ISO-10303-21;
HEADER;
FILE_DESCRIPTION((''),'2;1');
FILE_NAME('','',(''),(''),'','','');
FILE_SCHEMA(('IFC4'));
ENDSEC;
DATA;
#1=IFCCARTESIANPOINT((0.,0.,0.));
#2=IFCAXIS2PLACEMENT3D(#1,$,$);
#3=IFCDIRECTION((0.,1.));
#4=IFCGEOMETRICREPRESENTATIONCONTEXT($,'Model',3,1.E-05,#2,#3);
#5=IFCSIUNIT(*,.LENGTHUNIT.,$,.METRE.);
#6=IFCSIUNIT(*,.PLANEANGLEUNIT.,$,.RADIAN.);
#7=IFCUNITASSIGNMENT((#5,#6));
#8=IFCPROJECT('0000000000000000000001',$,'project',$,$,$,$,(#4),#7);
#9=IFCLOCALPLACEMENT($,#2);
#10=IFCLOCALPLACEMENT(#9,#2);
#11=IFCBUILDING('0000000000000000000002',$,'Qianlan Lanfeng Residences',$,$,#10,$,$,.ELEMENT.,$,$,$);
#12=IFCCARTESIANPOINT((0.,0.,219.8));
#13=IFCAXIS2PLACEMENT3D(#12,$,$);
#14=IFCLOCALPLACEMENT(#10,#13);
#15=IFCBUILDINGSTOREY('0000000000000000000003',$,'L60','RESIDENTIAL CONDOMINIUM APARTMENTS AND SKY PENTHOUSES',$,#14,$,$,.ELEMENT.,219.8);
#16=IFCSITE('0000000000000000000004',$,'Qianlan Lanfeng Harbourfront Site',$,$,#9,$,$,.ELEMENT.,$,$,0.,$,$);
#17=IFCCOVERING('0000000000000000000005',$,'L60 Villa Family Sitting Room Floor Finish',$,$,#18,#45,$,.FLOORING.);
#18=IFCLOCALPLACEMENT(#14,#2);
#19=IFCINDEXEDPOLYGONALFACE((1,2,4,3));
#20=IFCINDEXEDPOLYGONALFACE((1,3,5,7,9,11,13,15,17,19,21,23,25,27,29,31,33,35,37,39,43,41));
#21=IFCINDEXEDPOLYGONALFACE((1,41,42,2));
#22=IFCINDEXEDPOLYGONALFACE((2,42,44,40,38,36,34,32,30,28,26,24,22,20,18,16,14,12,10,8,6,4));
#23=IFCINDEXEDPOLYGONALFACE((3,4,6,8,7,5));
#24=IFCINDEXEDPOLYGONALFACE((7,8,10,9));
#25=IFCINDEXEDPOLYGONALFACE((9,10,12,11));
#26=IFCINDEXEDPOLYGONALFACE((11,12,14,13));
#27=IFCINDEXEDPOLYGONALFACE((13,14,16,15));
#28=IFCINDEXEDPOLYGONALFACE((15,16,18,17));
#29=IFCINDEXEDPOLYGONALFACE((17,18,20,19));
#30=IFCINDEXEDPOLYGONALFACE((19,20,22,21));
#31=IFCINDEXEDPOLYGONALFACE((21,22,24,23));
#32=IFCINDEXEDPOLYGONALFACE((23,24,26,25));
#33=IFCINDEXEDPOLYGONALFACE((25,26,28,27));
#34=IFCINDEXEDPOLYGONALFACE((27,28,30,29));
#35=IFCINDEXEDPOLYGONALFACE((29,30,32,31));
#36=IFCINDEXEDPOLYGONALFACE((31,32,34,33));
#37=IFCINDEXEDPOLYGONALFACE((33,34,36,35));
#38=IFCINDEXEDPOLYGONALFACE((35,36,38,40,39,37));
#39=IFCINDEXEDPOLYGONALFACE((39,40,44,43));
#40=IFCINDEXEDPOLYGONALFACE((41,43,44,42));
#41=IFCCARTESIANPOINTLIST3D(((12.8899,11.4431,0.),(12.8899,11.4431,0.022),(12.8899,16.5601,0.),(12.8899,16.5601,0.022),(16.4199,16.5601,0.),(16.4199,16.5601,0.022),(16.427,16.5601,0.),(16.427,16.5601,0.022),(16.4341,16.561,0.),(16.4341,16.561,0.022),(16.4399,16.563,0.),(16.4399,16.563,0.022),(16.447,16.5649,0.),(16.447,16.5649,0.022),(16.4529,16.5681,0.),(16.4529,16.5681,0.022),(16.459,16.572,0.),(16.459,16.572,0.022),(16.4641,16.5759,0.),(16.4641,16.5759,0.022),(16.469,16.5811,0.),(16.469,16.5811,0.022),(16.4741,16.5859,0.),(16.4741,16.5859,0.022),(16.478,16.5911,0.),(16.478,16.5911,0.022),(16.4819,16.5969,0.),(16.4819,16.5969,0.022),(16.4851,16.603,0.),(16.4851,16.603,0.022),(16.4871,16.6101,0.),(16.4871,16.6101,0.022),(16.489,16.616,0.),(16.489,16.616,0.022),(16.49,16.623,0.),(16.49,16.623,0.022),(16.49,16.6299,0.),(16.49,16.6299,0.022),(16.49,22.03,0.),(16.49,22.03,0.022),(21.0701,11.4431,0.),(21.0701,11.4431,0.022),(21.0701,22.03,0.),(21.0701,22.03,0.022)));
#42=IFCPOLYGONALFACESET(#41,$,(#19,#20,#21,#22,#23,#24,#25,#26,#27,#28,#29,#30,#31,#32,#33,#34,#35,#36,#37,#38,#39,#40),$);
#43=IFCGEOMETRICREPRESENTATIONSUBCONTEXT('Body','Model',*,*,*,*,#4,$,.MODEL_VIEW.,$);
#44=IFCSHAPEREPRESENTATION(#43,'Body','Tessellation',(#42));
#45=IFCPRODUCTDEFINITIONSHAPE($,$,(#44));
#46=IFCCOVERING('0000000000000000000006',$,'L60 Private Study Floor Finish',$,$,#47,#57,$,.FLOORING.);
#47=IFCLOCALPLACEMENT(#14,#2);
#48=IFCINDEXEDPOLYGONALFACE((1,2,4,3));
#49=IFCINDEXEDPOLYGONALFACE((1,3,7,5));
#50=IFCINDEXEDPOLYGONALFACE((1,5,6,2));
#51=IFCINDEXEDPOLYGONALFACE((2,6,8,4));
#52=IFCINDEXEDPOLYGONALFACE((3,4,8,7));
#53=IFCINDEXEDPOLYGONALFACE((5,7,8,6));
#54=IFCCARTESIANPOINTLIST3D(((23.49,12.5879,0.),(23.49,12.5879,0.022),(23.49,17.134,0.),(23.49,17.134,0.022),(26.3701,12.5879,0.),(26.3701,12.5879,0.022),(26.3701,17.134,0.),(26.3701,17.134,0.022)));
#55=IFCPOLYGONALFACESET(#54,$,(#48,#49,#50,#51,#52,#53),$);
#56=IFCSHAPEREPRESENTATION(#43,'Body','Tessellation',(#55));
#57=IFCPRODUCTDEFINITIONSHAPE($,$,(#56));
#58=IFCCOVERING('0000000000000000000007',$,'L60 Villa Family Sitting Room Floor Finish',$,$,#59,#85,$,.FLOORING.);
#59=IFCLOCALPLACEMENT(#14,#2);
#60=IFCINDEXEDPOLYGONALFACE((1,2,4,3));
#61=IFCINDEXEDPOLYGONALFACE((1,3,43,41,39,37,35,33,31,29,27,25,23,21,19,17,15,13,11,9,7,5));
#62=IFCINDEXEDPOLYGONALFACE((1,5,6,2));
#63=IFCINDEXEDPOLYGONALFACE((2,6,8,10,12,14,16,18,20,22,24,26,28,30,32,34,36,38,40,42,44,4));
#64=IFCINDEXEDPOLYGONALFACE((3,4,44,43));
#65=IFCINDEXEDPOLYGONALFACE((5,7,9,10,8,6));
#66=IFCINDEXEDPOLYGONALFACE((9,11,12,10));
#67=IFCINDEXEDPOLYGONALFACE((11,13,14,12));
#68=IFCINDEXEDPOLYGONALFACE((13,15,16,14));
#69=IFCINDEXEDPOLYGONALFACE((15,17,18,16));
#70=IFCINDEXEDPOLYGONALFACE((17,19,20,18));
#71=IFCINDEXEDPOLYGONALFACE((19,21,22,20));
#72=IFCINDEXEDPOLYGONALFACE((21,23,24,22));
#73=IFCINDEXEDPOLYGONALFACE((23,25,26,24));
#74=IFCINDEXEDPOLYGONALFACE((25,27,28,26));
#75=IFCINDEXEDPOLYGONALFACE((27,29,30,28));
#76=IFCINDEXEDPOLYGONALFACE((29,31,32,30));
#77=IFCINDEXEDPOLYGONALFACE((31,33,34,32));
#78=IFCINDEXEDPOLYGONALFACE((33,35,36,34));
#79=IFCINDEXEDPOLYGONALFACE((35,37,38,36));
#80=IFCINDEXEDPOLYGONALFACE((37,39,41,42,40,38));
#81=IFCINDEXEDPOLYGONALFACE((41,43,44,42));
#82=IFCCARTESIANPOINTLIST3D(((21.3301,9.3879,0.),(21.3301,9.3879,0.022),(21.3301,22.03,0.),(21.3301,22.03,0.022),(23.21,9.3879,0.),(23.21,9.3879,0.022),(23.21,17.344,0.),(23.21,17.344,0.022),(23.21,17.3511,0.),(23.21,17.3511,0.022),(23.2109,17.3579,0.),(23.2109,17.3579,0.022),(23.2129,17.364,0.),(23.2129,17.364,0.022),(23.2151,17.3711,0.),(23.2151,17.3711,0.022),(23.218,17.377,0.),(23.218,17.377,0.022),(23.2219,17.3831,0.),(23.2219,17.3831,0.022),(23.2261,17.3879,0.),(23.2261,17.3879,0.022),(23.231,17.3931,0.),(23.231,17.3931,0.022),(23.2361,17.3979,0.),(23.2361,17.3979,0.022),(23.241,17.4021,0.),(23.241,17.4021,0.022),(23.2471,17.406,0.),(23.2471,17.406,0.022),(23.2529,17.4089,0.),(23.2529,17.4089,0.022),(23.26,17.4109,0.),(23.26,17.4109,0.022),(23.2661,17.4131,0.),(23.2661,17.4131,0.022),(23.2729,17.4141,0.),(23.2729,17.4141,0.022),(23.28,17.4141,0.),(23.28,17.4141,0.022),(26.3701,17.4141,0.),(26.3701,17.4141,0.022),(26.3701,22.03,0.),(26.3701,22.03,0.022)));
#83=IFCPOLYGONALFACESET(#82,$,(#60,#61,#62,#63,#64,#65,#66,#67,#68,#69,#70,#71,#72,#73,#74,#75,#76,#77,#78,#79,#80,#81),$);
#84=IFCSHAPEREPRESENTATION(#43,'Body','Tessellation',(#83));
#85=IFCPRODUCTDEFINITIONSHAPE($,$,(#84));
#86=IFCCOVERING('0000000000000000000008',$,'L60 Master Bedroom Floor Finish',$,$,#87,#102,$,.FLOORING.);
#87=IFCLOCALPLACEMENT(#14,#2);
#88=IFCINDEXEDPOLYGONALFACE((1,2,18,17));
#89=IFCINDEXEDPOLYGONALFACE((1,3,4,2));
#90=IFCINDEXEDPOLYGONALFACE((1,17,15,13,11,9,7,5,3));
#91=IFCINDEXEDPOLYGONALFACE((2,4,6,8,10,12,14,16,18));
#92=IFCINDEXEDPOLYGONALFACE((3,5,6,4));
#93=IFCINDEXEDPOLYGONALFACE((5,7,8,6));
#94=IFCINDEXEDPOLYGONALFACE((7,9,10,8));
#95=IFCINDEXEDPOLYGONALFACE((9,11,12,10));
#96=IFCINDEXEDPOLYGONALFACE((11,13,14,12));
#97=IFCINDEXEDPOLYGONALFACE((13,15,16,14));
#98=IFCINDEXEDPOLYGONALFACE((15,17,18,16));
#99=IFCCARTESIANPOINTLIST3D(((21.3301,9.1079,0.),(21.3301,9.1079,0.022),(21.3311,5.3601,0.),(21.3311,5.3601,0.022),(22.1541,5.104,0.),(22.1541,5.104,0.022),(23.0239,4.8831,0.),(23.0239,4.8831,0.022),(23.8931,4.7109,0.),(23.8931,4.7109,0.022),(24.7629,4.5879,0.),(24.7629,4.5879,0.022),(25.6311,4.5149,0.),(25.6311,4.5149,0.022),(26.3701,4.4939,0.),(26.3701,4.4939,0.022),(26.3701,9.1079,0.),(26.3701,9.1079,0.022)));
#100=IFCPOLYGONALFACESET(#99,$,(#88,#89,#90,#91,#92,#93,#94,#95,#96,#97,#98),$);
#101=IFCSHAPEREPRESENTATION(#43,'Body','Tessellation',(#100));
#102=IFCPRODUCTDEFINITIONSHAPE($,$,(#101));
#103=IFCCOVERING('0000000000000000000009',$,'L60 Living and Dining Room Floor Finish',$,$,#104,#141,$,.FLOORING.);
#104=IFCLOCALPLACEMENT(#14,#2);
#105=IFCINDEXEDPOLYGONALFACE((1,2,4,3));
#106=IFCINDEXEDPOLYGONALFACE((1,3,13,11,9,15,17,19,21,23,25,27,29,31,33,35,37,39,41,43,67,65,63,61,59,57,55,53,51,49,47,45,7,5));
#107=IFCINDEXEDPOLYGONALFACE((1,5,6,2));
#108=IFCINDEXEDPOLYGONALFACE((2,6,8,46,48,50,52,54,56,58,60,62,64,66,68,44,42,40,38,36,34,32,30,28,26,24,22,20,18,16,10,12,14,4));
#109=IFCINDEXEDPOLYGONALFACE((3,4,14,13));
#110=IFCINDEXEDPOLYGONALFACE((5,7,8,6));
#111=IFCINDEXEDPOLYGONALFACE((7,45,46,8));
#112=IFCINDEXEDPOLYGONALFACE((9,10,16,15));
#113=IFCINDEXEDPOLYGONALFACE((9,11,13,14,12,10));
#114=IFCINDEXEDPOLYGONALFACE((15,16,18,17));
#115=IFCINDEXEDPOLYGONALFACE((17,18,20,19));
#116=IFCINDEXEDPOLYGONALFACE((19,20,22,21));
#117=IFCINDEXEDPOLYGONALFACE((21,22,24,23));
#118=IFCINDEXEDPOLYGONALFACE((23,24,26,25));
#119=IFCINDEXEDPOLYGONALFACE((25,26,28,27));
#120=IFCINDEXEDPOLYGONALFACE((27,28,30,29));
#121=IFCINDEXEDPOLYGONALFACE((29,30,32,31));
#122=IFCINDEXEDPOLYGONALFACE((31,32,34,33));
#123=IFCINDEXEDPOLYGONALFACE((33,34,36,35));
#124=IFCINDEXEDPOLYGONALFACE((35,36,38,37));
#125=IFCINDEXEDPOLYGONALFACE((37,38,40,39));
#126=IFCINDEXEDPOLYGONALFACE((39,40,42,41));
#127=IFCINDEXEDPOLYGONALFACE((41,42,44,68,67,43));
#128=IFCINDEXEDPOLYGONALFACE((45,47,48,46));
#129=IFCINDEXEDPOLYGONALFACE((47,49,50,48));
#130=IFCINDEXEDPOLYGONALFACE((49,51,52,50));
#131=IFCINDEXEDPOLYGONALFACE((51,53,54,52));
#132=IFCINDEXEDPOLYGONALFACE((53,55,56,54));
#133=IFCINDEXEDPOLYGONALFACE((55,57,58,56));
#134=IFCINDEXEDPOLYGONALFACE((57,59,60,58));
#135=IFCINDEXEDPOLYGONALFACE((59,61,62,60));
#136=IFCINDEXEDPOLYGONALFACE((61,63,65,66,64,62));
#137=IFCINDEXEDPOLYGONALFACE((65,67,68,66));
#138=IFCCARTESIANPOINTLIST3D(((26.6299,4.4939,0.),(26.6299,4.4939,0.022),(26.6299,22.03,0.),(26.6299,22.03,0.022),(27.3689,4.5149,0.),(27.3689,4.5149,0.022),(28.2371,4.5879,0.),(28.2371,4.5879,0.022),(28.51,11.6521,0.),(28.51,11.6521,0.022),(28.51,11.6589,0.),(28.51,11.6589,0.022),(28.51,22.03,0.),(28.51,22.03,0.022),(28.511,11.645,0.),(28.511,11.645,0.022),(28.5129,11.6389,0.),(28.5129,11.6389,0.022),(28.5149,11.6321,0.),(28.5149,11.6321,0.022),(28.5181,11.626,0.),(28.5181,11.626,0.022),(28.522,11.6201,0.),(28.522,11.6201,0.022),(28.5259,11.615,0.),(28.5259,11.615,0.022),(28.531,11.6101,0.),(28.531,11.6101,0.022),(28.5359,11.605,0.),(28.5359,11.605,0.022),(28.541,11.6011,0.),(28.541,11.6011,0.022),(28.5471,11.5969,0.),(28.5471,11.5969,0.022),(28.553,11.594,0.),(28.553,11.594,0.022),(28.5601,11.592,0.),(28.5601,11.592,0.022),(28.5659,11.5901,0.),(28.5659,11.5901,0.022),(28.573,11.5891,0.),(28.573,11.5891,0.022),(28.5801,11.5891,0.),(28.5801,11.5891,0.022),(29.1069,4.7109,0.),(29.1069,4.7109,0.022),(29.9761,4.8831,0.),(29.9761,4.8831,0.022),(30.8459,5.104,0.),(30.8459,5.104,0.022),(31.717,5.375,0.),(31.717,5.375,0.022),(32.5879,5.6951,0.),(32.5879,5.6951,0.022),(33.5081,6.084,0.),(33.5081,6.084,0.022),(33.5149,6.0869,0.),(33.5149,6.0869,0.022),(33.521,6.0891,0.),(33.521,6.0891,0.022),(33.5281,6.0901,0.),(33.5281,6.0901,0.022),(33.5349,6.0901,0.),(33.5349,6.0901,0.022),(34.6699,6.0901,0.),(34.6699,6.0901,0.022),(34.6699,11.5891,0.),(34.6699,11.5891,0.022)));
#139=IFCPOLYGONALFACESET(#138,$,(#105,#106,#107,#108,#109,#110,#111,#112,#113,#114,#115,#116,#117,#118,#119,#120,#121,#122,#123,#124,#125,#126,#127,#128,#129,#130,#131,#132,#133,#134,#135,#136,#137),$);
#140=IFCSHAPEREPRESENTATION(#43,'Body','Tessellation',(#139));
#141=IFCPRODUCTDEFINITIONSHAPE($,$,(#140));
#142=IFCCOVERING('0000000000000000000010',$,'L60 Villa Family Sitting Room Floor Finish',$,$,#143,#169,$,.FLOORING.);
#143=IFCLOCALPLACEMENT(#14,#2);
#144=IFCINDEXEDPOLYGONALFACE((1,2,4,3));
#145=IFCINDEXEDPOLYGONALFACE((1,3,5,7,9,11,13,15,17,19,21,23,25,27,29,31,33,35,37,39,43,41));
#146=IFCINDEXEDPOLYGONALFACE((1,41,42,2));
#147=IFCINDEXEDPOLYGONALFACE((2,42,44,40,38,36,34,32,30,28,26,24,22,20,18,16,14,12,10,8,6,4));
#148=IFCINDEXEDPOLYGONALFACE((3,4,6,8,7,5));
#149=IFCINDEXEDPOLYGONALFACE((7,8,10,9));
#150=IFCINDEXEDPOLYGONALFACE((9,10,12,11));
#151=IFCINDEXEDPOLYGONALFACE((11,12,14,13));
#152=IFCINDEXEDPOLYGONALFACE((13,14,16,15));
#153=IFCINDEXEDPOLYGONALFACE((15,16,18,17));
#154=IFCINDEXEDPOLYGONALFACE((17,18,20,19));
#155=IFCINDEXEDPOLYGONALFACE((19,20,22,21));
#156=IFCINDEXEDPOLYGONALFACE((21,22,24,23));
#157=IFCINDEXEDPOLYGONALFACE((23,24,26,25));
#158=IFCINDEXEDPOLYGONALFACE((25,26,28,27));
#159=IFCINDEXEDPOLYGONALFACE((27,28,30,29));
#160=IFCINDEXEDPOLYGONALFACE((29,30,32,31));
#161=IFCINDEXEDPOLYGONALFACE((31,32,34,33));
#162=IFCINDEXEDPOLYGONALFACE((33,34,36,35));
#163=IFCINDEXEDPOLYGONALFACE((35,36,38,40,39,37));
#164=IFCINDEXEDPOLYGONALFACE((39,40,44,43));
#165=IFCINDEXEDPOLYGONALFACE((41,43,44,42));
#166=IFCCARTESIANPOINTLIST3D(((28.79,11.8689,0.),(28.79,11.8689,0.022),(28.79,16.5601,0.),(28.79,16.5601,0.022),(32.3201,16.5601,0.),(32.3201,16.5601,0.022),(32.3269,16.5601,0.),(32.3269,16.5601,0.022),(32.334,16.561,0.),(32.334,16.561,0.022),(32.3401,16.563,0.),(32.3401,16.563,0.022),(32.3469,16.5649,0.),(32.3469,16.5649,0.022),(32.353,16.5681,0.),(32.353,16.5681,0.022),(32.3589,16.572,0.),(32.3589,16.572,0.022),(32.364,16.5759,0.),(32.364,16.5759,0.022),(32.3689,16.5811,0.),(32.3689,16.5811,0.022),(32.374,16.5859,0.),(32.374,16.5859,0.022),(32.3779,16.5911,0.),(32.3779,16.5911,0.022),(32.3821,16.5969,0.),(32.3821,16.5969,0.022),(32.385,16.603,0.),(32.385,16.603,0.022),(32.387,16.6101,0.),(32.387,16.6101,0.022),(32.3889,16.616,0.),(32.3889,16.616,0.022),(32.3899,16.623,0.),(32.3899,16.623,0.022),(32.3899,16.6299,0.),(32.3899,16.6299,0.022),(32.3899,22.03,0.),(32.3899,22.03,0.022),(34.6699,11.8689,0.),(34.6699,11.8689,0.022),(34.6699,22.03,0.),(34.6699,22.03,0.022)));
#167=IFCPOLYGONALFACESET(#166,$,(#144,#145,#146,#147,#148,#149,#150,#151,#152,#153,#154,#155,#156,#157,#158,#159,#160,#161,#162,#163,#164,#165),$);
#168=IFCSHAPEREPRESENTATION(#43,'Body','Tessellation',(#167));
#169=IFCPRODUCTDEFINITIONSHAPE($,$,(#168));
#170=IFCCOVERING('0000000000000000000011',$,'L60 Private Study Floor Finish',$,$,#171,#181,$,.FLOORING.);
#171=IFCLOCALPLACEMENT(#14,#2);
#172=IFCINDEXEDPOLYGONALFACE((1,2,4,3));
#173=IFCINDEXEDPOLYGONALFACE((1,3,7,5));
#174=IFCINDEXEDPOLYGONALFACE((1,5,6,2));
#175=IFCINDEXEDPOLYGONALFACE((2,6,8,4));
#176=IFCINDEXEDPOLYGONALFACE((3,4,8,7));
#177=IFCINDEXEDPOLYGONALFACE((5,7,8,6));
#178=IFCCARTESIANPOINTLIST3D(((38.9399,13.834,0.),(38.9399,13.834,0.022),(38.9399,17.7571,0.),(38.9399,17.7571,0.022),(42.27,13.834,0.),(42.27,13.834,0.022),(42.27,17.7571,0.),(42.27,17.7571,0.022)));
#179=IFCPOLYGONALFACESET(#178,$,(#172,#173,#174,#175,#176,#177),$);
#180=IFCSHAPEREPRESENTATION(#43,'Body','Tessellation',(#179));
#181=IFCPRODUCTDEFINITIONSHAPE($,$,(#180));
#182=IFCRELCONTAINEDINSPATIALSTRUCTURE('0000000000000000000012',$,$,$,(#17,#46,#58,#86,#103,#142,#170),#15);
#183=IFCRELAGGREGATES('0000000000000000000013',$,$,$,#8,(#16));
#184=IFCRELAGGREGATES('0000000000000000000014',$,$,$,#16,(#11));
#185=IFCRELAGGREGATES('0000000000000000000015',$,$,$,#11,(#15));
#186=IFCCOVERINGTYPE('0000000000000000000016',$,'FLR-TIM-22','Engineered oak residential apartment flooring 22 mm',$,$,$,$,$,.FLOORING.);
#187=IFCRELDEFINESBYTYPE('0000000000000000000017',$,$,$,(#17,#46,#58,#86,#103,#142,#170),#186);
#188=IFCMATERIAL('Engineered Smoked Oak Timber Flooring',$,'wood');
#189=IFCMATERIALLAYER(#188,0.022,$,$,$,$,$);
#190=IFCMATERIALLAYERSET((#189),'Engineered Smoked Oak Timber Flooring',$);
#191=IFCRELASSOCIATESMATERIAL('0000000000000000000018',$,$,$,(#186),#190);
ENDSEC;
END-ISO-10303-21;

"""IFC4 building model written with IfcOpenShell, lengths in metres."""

from ifc_helpers import new_model, si_unit, direction, frame, origin, place, context, subcontext, project, spatial, polyline, outline, extrude, material, layer, layer_set, type_object, element, save


model = new_model("IFC4")

# Units and contexts
model_context = context("Model", 3, precision=1e-05, world=origin(), true_north=direction((0.0, 1.0)))
body_context = subcontext(model_context, "Body", "Model", "MODEL_VIEW")
ifc_project = project(units=[si_unit("LENGTHUNIT", "METRE"), si_unit("PLANEANGLEUNIT", "RADIAN")], contexts=[model_context])

# Site, building, storey
site_placement = place(None, origin())
site = spatial("IfcSite", under=ifc_project, at=site_placement, Name="Qianlan Lanfeng Harbourfront Site", CompositionType="ELEMENT", RefElevation=0.0)
building_placement = place(site_placement, origin())
building = spatial("IfcBuilding", under=site, at=building_placement, Name="Qianlan Lanfeng Residences", CompositionType="ELEMENT")
storey_placement = place(building_placement, frame((0.0, 0.0, 219.8)))
storey = spatial("IfcBuildingStorey", under=building, at=storey_placement, Name="L60", Description="RESIDENTIAL CONDOMINIUM APARTMENTS AND SKY PENTHOUSES", CompositionType="ELEMENT", Elevation=219.8)

# Coverings
ifc_material_1 = material(Name="Engineered Smoked Oak Timber Flooring", Category="wood")
ifc_layer_1 = layer(ifc_material_1, 0.022)
ifc_layer_set_1 = layer_set([ifc_layer_1], Name="Engineered Smoked Oak Timber Flooring")
covering_type_1 = type_object("IfcCoveringType", Name="FLR-TIM-22", Description="Engineered oak residential apartment flooring 22 mm", PredefinedType="FLOORING", material=ifc_layer_set_1)
covering_1_placement = place(storey_placement, origin())
element("IfcCovering", 1, at=covering_1_placement, inside=storey, type_object=covering_type_1, Name="L60 Villa Family Sitting Room Floor Finish", PredefinedType="FLOORING", context=body_context, shape_type="SweptSolid", body=[
    extrude(outline(polyline([(12.8899, 11.4431), (21.0701, 11.4431), (21.0701, 22.03), (16.49, 22.03), (16.49, 16.6299), (16.49, 16.623), (16.489, 16.616), (16.4871, 16.6101), (16.4851, 16.603), (16.4819, 16.5969), (16.478, 16.5911), (16.4741, 16.5859), (16.469, 16.5811), (16.4641, 16.5759), (16.459, 16.572), (16.4529, 16.5681), (16.447, 16.5649), (16.4399, 16.563), (16.4341, 16.561), (16.427, 16.5601), (16.4199, 16.5601), (12.8899, 16.5601), (12.8899, 11.4431)])), origin(), (0.0, 0.0, 1.0), 0.022),
])
covering_2_placement = place(storey_placement, origin())
element("IfcCovering", 2, at=covering_2_placement, inside=storey, type_object=covering_type_1, Name="L60 Private Study Floor Finish", PredefinedType="FLOORING", context=body_context, shape_type="SweptSolid", body=[
    extrude(outline(polyline([(23.49, 12.5879), (26.3701, 12.5879), (26.3701, 17.134), (23.49, 17.134), (23.49, 12.5879)])), origin(), (0.0, 0.0, 1.0), 0.022),
])
covering_3_placement = place(storey_placement, origin())
element("IfcCovering", 3, at=covering_3_placement, inside=storey, type_object=covering_type_1, Name="L60 Villa Family Sitting Room Floor Finish", PredefinedType="FLOORING", context=body_context, shape_type="SweptSolid", body=[
    extrude(outline(polyline([(21.3301, 9.3879), (23.21, 9.3879), (23.21, 17.344), (23.21, 17.3511), (23.2109, 17.3579), (23.2129, 17.364), (23.2151, 17.3711), (23.218, 17.377), (23.2219, 17.3831), (23.2261, 17.3879), (23.231, 17.3931), (23.2361, 17.3979), (23.241, 17.4021), (23.2471, 17.406), (23.2529, 17.4089), (23.26, 17.4109), (23.2661, 17.4131), (23.2729, 17.4141), (23.28, 17.4141), (26.3701, 17.4141), (26.3701, 22.03), (21.3301, 22.03), (21.3301, 9.3879)])), origin(), (0.0, 0.0, 1.0), 0.022),
])
covering_4_placement = place(storey_placement, origin())
element("IfcCovering", 4, at=covering_4_placement, inside=storey, type_object=covering_type_1, Name="L60 Master Bedroom Floor Finish", PredefinedType="FLOORING", context=body_context, shape_type="SweptSolid", body=[
    extrude(outline(polyline([(21.3301, 9.1079), (21.3311, 5.3601), (22.1541, 5.104), (23.0239, 4.8831), (23.8931, 4.7109), (24.7629, 4.5879), (25.6311, 4.5149), (26.3701, 4.4939), (26.3701, 9.1079), (21.3301, 9.1079)])), origin(), (0.0, 0.0, 1.0), 0.022),
])
covering_5_placement = place(storey_placement, origin())
element("IfcCovering", 5, at=covering_5_placement, inside=storey, type_object=covering_type_1, Name="L60 Living and Dining Room Floor Finish", PredefinedType="FLOORING", context=body_context, shape_type="SweptSolid", body=[
    extrude(outline(polyline([(34.6699, 6.0901), (34.6699, 11.5891), (28.5801, 11.5891), (28.573, 11.5891), (28.5659, 11.5901), (28.5601, 11.592), (28.553, 11.594), (28.5471, 11.5969), (28.541, 11.6011), (28.5359, 11.605), (28.531, 11.6101), (28.5259, 11.615), (28.522, 11.6201), (28.5181, 11.626), (28.5149, 11.6321), (28.5129, 11.6389), (28.511, 11.645), (28.51, 11.6521), (28.51, 11.6589), (28.51, 22.03), (26.6299, 22.03), (26.6299, 4.4939), (27.3689, 4.5149), (28.2371, 4.5879), (29.1069, 4.7109), (29.9761, 4.8831), (30.8459, 5.104), (31.717, 5.375), (32.5879, 5.6951), (33.5081, 6.084), (33.5149, 6.0869), (33.521, 6.0891), (33.5281, 6.0901), (33.5349, 6.0901), (34.6699, 6.0901)])), origin(), (0.0, 0.0, 1.0), 0.022),
])
covering_6_placement = place(storey_placement, origin())
element("IfcCovering", 6, at=covering_6_placement, inside=storey, type_object=covering_type_1, Name="L60 Villa Family Sitting Room Floor Finish", PredefinedType="FLOORING", context=body_context, shape_type="SweptSolid", body=[
    extrude(outline(polyline([(28.79, 11.8689), (34.6699, 11.8689), (34.6699, 22.03), (32.3899, 22.03), (32.3899, 16.6299), (32.3899, 16.623), (32.3889, 16.616), (32.387, 16.6101), (32.385, 16.603), (32.3821, 16.5969), (32.3779, 16.5911), (32.374, 16.5859), (32.3689, 16.5811), (32.364, 16.5759), (32.3589, 16.572), (32.353, 16.5681), (32.3469, 16.5649), (32.3401, 16.563), (32.334, 16.561), (32.3269, 16.5601), (32.3201, 16.5601), (28.79, 16.5601), (28.79, 11.8689)])), origin(), (0.0, 0.0, 1.0), 0.022),
])
covering_7_placement = place(storey_placement, origin())
element("IfcCovering", 7, at=covering_7_placement, inside=storey, type_object=covering_type_1, Name="L60 Private Study Floor Finish", PredefinedType="FLOORING", context=body_context, shape_type="SweptSolid", body=[
    extrude(outline(polyline([(38.9399, 13.834), (42.27, 13.834), (42.27, 17.7571), (38.9399, 17.7571), (38.9399, 13.834)])), origin(), (0.0, 0.0, 1.0), 0.022),
])

save(model, "model.ifc")
